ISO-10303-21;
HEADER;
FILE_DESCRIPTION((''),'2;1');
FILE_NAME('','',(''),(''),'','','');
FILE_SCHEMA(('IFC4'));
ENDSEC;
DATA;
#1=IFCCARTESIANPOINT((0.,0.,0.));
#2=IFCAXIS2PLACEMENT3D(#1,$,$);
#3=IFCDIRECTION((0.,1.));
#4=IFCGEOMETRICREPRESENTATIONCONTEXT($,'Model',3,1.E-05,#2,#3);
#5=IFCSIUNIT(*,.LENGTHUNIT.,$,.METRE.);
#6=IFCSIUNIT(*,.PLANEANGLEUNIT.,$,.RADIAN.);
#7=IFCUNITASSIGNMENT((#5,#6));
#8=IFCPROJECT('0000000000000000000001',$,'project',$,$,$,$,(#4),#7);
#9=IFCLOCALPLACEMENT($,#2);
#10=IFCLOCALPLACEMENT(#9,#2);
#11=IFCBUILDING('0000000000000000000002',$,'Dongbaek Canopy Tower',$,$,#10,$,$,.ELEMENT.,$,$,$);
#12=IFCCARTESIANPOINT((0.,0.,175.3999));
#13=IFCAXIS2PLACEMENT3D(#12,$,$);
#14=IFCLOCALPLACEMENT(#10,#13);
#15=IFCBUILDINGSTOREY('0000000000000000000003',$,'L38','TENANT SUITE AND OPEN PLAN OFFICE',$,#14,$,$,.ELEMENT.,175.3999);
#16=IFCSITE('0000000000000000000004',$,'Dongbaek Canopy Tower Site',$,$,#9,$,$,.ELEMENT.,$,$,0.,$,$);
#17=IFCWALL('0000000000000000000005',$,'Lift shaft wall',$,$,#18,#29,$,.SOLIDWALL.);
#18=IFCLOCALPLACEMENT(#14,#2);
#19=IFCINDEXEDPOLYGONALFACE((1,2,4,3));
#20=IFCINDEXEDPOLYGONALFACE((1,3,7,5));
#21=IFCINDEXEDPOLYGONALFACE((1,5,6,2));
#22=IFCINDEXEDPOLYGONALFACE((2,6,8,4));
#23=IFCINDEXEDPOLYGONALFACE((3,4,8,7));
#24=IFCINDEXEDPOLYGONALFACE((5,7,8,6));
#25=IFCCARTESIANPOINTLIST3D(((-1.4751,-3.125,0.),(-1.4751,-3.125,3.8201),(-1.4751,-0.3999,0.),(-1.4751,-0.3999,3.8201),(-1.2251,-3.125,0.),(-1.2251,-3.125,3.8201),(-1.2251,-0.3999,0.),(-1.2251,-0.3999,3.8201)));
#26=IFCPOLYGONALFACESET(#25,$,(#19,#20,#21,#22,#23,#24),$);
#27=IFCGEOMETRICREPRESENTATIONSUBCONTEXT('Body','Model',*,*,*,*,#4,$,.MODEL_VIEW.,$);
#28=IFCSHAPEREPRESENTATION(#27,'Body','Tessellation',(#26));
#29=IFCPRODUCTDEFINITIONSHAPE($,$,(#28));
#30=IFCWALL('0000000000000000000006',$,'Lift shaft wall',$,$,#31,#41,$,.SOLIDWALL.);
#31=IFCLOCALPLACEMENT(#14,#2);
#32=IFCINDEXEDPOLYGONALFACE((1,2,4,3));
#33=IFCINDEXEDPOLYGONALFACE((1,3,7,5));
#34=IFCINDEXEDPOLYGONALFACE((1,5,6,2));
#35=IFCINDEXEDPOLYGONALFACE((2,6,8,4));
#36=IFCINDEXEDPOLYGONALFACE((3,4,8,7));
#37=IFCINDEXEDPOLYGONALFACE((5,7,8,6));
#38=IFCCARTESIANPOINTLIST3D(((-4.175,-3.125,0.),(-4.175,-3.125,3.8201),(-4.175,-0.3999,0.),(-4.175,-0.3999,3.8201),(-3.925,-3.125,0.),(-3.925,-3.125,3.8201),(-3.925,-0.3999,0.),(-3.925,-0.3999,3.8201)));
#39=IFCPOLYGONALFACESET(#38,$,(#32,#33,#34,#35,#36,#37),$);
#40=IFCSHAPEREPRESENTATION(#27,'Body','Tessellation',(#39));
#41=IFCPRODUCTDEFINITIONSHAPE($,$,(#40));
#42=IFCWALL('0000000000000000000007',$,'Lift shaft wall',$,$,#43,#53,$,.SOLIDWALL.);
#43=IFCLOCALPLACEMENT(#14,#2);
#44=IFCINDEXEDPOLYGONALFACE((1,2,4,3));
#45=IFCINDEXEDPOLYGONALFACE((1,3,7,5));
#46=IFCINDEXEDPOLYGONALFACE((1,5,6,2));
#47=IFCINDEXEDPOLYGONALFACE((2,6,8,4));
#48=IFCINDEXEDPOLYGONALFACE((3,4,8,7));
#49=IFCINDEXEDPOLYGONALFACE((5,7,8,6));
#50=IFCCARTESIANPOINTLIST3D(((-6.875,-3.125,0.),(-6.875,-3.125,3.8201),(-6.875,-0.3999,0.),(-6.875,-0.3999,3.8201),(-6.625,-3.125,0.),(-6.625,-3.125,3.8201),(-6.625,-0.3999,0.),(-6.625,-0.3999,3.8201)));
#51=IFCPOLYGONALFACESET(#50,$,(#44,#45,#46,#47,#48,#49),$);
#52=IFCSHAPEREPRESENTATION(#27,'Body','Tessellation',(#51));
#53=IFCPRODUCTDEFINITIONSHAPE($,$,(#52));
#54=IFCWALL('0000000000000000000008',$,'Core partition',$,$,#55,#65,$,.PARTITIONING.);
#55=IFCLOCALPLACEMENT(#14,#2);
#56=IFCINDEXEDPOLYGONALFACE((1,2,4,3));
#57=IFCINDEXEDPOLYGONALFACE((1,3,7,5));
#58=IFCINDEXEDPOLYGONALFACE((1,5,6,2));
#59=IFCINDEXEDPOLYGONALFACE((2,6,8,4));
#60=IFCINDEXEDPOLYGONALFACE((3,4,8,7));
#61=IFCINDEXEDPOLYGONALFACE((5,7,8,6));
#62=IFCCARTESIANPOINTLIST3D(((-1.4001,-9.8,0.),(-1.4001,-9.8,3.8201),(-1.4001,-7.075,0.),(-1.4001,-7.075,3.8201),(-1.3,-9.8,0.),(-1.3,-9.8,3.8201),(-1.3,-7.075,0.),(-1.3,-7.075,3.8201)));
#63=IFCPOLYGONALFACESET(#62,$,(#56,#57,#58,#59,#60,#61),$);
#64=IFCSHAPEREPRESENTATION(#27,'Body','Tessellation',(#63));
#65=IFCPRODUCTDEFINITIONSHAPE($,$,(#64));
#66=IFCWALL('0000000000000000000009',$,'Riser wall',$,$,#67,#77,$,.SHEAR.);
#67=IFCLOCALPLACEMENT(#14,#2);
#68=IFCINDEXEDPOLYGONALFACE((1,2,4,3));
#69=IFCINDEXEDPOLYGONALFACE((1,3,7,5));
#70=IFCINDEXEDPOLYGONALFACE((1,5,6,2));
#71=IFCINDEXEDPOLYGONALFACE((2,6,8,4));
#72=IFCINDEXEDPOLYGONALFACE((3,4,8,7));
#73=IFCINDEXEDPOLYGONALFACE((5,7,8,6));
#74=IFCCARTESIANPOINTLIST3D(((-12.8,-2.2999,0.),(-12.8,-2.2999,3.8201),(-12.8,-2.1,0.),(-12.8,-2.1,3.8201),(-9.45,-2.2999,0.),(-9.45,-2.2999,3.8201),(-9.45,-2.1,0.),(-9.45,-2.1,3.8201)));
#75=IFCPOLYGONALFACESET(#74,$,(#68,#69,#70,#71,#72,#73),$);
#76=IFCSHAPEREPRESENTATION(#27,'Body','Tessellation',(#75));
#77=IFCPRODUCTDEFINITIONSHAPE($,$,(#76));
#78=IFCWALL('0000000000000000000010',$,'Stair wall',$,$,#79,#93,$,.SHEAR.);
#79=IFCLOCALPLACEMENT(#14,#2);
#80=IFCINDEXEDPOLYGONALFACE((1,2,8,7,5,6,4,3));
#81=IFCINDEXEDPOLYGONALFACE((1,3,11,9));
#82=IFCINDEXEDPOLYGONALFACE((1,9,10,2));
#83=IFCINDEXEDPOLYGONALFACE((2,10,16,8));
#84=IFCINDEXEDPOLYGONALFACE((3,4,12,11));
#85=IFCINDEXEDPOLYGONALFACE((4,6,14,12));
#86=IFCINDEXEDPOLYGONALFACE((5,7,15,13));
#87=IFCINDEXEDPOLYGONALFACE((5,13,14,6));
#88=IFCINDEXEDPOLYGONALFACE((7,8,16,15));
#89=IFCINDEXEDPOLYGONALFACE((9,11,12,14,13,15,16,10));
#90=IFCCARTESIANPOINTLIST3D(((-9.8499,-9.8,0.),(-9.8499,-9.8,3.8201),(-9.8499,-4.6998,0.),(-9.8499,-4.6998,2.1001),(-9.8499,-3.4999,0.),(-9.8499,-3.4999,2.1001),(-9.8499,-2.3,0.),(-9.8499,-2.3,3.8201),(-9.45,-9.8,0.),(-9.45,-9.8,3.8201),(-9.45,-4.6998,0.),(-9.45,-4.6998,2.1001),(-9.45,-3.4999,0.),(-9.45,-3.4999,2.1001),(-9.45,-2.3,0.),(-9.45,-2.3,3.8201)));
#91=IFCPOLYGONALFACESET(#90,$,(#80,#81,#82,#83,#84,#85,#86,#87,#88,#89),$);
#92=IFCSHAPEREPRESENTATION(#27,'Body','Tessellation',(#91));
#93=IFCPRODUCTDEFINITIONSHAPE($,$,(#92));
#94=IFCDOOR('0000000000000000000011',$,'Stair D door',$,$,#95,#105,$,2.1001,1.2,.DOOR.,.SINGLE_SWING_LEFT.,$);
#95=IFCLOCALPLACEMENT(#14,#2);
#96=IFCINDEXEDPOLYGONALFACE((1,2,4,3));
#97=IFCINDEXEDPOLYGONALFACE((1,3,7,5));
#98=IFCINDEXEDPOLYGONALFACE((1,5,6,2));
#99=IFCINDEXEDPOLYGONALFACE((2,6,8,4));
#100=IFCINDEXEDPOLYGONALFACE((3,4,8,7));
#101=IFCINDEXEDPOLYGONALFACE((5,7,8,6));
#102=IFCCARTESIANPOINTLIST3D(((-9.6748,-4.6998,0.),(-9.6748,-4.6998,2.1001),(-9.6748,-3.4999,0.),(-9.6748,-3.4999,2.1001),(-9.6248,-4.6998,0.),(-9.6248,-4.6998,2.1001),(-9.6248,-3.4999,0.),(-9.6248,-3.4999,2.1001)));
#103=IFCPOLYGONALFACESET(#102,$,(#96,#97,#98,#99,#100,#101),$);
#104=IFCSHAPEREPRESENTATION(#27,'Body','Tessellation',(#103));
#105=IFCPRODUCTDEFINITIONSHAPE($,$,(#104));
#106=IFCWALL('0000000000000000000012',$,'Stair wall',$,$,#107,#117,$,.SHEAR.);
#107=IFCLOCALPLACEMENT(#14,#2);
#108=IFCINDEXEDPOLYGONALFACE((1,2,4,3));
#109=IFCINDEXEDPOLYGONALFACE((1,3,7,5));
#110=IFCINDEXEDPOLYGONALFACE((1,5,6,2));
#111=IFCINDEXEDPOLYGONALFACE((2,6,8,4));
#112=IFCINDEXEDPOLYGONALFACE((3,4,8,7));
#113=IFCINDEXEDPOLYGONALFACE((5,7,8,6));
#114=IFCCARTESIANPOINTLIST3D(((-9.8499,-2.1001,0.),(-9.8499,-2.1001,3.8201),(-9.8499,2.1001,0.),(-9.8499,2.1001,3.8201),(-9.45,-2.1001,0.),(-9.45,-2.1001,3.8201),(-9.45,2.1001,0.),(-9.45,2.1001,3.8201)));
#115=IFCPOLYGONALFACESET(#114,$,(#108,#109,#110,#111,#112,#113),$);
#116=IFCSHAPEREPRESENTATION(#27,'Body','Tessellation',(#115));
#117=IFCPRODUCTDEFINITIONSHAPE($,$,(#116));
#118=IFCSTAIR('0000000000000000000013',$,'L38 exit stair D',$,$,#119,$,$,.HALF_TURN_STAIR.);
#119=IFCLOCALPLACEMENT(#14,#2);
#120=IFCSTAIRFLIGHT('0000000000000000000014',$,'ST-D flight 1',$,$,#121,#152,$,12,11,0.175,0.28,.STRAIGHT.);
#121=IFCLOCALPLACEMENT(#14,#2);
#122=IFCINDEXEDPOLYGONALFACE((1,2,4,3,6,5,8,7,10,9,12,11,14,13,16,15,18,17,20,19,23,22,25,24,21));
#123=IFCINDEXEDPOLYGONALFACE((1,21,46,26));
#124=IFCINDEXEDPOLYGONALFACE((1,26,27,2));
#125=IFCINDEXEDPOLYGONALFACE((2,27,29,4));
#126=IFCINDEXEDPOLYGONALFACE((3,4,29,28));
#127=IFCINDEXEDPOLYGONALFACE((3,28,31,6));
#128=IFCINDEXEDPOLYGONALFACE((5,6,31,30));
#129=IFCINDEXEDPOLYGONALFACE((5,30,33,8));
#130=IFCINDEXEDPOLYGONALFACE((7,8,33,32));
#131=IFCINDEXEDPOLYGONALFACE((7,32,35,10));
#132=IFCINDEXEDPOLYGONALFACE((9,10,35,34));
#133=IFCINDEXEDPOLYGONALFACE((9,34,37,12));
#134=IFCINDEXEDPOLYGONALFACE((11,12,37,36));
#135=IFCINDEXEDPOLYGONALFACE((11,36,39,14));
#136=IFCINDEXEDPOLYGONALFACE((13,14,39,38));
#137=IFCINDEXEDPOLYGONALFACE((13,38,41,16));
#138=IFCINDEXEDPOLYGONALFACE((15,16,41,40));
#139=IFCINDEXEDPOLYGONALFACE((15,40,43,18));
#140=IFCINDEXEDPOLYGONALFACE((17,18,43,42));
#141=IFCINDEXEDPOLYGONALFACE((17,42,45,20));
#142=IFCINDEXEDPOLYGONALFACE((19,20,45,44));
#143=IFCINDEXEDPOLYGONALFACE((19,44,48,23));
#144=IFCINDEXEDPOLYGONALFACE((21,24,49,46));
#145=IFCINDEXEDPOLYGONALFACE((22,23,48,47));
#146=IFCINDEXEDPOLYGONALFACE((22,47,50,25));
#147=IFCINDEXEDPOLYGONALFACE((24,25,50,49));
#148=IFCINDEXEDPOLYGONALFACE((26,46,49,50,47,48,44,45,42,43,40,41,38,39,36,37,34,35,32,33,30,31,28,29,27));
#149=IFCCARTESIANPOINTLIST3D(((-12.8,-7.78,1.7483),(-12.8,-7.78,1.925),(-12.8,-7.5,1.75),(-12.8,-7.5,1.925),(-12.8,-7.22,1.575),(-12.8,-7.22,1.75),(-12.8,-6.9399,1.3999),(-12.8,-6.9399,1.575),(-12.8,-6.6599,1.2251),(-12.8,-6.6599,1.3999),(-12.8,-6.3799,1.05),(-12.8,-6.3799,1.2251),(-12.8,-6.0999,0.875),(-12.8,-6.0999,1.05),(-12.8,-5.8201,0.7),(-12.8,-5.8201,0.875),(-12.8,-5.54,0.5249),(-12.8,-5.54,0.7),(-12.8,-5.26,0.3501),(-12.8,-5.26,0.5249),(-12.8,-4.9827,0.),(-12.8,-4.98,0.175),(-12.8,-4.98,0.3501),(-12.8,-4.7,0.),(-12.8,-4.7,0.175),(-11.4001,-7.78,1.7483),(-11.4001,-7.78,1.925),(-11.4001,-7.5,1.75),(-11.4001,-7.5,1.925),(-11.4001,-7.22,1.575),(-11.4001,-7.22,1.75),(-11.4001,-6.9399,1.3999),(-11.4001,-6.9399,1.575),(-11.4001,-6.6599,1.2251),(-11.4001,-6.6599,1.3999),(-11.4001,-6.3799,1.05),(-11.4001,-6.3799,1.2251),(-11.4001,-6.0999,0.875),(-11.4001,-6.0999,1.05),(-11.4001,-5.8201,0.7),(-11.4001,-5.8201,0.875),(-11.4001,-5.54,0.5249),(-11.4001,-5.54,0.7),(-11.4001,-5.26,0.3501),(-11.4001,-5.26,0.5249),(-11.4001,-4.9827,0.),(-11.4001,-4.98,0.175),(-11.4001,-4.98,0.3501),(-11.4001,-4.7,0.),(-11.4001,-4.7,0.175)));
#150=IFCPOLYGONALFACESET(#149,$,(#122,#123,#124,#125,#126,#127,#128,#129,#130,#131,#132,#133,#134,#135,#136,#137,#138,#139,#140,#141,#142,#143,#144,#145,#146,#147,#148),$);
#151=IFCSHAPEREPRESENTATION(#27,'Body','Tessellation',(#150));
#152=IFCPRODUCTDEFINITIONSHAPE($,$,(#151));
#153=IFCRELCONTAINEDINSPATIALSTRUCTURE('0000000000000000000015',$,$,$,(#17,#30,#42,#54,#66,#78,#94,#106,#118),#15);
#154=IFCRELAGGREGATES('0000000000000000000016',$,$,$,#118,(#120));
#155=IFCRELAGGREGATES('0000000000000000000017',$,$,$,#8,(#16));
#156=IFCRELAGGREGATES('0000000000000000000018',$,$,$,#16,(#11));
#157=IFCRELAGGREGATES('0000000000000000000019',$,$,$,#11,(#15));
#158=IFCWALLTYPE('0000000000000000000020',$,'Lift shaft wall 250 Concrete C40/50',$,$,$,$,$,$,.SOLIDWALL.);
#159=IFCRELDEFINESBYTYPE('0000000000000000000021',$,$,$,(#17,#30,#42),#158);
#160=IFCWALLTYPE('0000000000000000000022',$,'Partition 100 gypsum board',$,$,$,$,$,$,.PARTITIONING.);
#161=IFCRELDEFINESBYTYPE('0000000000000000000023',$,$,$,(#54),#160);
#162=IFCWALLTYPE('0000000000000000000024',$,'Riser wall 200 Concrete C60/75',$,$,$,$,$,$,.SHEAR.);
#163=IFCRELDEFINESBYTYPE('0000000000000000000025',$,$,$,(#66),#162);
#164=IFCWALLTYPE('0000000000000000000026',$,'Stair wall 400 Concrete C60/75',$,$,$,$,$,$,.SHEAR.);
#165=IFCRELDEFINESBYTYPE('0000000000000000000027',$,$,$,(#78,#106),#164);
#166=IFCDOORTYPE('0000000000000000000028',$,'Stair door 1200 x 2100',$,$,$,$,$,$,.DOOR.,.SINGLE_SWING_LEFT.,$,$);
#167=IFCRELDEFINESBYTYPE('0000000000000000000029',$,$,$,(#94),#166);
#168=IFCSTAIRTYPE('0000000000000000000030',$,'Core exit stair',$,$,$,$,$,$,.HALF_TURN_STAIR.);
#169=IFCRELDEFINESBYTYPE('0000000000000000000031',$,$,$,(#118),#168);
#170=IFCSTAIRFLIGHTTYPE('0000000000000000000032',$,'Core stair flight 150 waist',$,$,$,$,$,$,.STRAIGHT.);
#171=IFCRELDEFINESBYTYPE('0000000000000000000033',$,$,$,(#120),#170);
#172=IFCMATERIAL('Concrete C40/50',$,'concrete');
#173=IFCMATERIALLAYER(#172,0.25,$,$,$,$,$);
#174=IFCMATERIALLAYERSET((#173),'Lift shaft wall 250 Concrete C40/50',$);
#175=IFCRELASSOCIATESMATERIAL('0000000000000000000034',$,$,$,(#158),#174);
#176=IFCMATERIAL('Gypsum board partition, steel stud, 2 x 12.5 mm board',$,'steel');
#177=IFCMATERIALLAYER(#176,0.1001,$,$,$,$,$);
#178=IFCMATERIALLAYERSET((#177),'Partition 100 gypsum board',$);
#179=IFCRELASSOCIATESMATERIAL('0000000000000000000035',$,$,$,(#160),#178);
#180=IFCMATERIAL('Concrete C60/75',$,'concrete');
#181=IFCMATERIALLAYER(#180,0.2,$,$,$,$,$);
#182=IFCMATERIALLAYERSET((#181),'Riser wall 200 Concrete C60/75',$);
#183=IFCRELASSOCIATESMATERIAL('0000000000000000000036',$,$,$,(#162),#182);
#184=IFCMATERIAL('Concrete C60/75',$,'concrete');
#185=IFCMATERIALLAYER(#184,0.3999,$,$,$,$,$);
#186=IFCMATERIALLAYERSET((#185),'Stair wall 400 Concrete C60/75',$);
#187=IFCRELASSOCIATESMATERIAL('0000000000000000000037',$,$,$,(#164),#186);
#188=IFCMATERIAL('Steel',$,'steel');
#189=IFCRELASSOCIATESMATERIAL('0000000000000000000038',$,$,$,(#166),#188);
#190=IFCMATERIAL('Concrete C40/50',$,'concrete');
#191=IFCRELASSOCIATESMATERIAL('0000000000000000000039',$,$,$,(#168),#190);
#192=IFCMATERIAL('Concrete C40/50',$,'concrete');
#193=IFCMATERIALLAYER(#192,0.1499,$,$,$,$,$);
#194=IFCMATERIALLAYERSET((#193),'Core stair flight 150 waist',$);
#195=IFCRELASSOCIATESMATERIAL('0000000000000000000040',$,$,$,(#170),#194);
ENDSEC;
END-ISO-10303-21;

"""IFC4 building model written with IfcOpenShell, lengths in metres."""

from ifc_helpers import new_model, si_unit, direction, frame, frame_2d, origin, place, context, subcontext, project, spatial, polyline, rectangle, outline, extrude, material, layer, layer_set, type_object, element, fill, aggregate, save


model = new_model("IFC4")

# Units and contexts
model_context = context("Model", 3, precision=1e-05, world=origin(), true_north=direction((0.0, 1.0)))
body_context = subcontext(model_context, "Body", "Model", "MODEL_VIEW")
ifc_project = project(units=[si_unit("LENGTHUNIT", "METRE"), si_unit("PLANEANGLEUNIT", "RADIAN")], contexts=[model_context])

# Site, building, storey
site_placement = place(None, origin())
site = spatial("IfcSite", under=ifc_project, at=site_placement, Name="Dongbaek Canopy Tower Site", CompositionType="ELEMENT", RefElevation=0.0)
building_placement = place(site_placement, origin())
building = spatial("IfcBuilding", under=site, at=building_placement, Name="Dongbaek Canopy Tower", CompositionType="ELEMENT")
storey_placement = place(building_placement, frame((0.0, 0.0, 175.3999)))
storey = spatial("IfcBuildingStorey", under=building, at=storey_placement, Name="L38", Description="TENANT SUITE AND OPEN PLAN OFFICE", CompositionType="ELEMENT", Elevation=175.3999)

# Walls
ifc_material_1 = material(Name="Concrete C40/50", Category="concrete")
ifc_layer_1 = layer(ifc_material_1, 0.25)
ifc_layer_set_1 = layer_set([ifc_layer_1], Name="Lift shaft wall 250 Concrete C40/50")
wall_type_1 = type_object("IfcWallType", Name="Lift shaft wall 250 Concrete C40/50", PredefinedType="SOLIDWALL", material=ifc_layer_set_1)
for number, where, z_axis, x_axis, name in (
    (1, (-1.3501, -3.125, 0.0), (0.0, 0.0, 1.0), (0.0, 1.0, 0.0), "Lift shaft wall"),
    (2, (-4.05, -3.125, 0.0), (0.0, 0.0, 1.0), (0.0, 1.0, 0.0), "Lift shaft wall"),
    (3, (-6.75, -3.125, 0.0), (0.0, 0.0, 1.0), (0.0, 1.0, 0.0), "Lift shaft wall"),
):
    element("IfcWall", number, at=place(storey_placement, frame(where, z_axis=z_axis, x_axis=x_axis)), inside=storey, type_object=wall_type_1, Name=name, PredefinedType="SOLIDWALL", context=body_context, shape_type="SweptSolid", body=[
        extrude(rectangle(XDim=2.7251, YDim=0.25, at=frame_2d((1.3625, 0.0))), origin(), (0.0, 0.0, 1.0), 3.8201),
    ])
ifc_material_2 = material(Name="Gypsum board partition, steel stud, 2 x 12.5 mm board", Category="steel")
ifc_layer_2 = layer(ifc_material_2, 0.1001)
ifc_layer_set_2 = layer_set([ifc_layer_2], Name="Partition 100 gypsum board")
wall_type_2 = type_object("IfcWallType", Name="Partition 100 gypsum board", PredefinedType="PARTITIONING", material=ifc_layer_set_2)
wall_1_placement = place(storey_placement, frame((-1.3501, -9.8, 0.0), z_axis=(0.0, 0.0, 1.0), x_axis=(0.0, 1.0, 0.0)))
element("IfcWall", 4, at=wall_1_placement, inside=storey, type_object=wall_type_2, Name="Core partition", PredefinedType="PARTITIONING", context=body_context, shape_type="SweptSolid", body=[
    extrude(rectangle(XDim=2.7251, YDim=0.1001, at=frame_2d((1.3625, 0.0))), origin(), (0.0, 0.0, 1.0), 3.8201),
])
ifc_material_3 = material(Name="Concrete C60/75", Category="concrete")
ifc_layer_3 = layer(ifc_material_3, 0.2)
ifc_layer_set_3 = layer_set([ifc_layer_3], Name="Riser wall 200 Concrete C60/75")
wall_type_3 = type_object("IfcWallType", Name="Riser wall 200 Concrete C60/75", PredefinedType="SHEAR", material=ifc_layer_set_3)
wall_2_placement = place(storey_placement, frame((-9.45, -2.2, 0.0), z_axis=(0.0, 0.0, 1.0), x_axis=(-1.0, 0.0, 0.0)))
element("IfcWall", 5, at=wall_2_placement, inside=storey, type_object=wall_type_3, Name="Riser wall", PredefinedType="SHEAR", context=body_context, shape_type="SweptSolid", body=[
    extrude(rectangle(XDim=3.3501, YDim=0.2, at=frame_2d((1.675, 0.0))), origin(), (0.0, 0.0, 1.0), 3.8201),
])

# Wall, opening, door
ifc_material_4 = material(Name="Concrete C60/75", Category="concrete")
ifc_layer_4 = layer(ifc_material_4, 0.3999)
ifc_layer_set_4 = layer_set([ifc_layer_4], Name="Stair wall 400 Concrete C60/75")
wall_type_4 = type_object("IfcWallType", Name="Stair wall 400 Concrete C60/75", PredefinedType="SHEAR", material=ifc_layer_set_4)
wall_3_placement = place(storey_placement, frame((-9.6499, -9.8, 0.0), z_axis=(0.0, 0.0, 1.0), x_axis=(0.0, 1.0, 0.0)))
wall_3 = element("IfcWall", 6, at=wall_3_placement, inside=storey, type_object=wall_type_4, Name="Stair wall", PredefinedType="SHEAR", context=body_context, shape_type="SweptSolid", body=[
    extrude(rectangle(XDim=7.5, YDim=0.3999, at=frame_2d((3.75, 0.0))), origin(), (0.0, 0.0, 1.0), 3.8201),
])
opening_1_placement = place(wall_3_placement, frame((5.1001, 0.0, 0.0)))
opening_1 = element("IfcOpeningElement", 7, at=opening_1_placement, cuts=wall_3, PredefinedType="OPENING", context=body_context, shape_type="SweptSolid", body=[
    extrude(rectangle(XDim=1.2, YDim=2.1001, at=frame_2d((0.6001, 1.05))), frame((0.0, 0.21, 0.0), z_axis=(0.0, -1.0, 0.0), x_axis=(1.0, 0.0, 0.0)), (0.0, 0.0, 1.0), 0.4199),
])
ifc_material_5 = material(Name="Steel", Category="steel")
door_type_1 = type_object("IfcDoorType", Name="Stair door 1200 x 2100", OperationType="SINGLE_SWING_LEFT", PredefinedType="DOOR", material=ifc_material_5)
door_1_placement = place(opening_1_placement, origin())
door_1 = element("IfcDoor", 8, at=door_1_placement, inside=storey, type_object=door_type_1, Name="Stair D door", OperationType="SINGLE_SWING_LEFT", OverallHeight=2.1001, OverallWidth=1.2, PredefinedType="DOOR", context=body_context, shape_type="SweptSolid", body=[
    extrude(rectangle(XDim=1.2, YDim=2.1001, at=frame_2d((0.6001, 1.05))), frame((0.0, 0.0249, 0.0), z_axis=(0.0, -1.0, 0.0), x_axis=(1.0, 0.0, 0.0)), (0.0, 0.0, 1.0), 0.05),
])
fill(opening_1, door_1)

# Wall
wall_4_placement = place(storey_placement, frame((-9.6499, -2.1001, 0.0), z_axis=(0.0, 0.0, 1.0), x_axis=(0.0, 1.0, 0.0)))
element("IfcWall", 9, at=wall_4_placement, inside=storey, type_object=wall_type_4, Name="Stair wall", PredefinedType="SHEAR", context=body_context, shape_type="SweptSolid", body=[
    extrude(rectangle(XDim=4.2002, YDim=0.3999, at=frame_2d((2.1001, 0.0))), origin(), (0.0, 0.0, 1.0), 3.8201),
])

# Stair, stair flight
ifc_material_6 = material(Name="Concrete C40/50", Category="concrete")
stair_type = type_object("IfcStairType", Name="Core exit stair", PredefinedType="HALF_TURN_STAIR", material=ifc_material_6)
stair_placement = place(storey_placement, origin())
stair = element("IfcStair", 10, at=stair_placement, inside=storey, type_object=stair_type, Name="L38 exit stair D", PredefinedType="HALF_TURN_STAIR")
ifc_material_7 = material(Name="Concrete C40/50", Category="concrete")
ifc_layer_5 = layer(ifc_material_7, 0.1499)
ifc_layer_set_5 = layer_set([ifc_layer_5], Name="Core stair flight 150 waist")
stair_flight_type = type_object("IfcStairFlightType", Name="Core stair flight 150 waist", PredefinedType="STRAIGHT", material=ifc_layer_set_5)
stair_flight_1_placement = place(storey_placement, frame((-12.1001, -4.7, 0.0), z_axis=(0.0, 0.0, 1.0), x_axis=(0.0, -1.0, 0.0)))
stair_flight_1 = element("IfcStairFlight", 11, at=stair_flight_1_placement, type_object=stair_flight_type, Name="ST-D flight 1", NumberOfRisers=12, NumberOfTreads=11, PredefinedType="STRAIGHT", RiserHeight=0.175, TreadLength=0.28, context=body_context, shape_type="SweptSolid", body=[
    extrude(outline(polyline([(0.0, 0.0), (0.0, 0.175), (0.28, 0.175), (0.28, 0.3501), (0.5601, 0.3501), (0.5601, 0.5249), (0.8401, 0.5249), (0.8401, 0.7), (1.1201, 0.7), (1.1201, 0.875), (1.3999, 0.875), (1.3999, 1.05), (1.6799, 1.05), (1.6799, 1.2251), (1.96, 1.2251), (1.96, 1.3999), (2.24, 1.3999), (2.24, 1.575), (2.52, 1.575), (2.52, 1.75), (2.8, 1.75), (2.8, 1.925), (3.0801, 1.925), (3.0801, 2.1001), (3.0801, 1.7483), (0.2827, 0.0), (0.0, 0.0)])), frame((0.0, 0.7, 0.0), z_axis=(0.0, -1.0, 0.0), x_axis=(1.0, 0.0, 0.0)), (0.0, 0.0, 1.0), 1.3999),
])
aggregate(stair, [stair_flight_1])

save(model, "model.ifc")
